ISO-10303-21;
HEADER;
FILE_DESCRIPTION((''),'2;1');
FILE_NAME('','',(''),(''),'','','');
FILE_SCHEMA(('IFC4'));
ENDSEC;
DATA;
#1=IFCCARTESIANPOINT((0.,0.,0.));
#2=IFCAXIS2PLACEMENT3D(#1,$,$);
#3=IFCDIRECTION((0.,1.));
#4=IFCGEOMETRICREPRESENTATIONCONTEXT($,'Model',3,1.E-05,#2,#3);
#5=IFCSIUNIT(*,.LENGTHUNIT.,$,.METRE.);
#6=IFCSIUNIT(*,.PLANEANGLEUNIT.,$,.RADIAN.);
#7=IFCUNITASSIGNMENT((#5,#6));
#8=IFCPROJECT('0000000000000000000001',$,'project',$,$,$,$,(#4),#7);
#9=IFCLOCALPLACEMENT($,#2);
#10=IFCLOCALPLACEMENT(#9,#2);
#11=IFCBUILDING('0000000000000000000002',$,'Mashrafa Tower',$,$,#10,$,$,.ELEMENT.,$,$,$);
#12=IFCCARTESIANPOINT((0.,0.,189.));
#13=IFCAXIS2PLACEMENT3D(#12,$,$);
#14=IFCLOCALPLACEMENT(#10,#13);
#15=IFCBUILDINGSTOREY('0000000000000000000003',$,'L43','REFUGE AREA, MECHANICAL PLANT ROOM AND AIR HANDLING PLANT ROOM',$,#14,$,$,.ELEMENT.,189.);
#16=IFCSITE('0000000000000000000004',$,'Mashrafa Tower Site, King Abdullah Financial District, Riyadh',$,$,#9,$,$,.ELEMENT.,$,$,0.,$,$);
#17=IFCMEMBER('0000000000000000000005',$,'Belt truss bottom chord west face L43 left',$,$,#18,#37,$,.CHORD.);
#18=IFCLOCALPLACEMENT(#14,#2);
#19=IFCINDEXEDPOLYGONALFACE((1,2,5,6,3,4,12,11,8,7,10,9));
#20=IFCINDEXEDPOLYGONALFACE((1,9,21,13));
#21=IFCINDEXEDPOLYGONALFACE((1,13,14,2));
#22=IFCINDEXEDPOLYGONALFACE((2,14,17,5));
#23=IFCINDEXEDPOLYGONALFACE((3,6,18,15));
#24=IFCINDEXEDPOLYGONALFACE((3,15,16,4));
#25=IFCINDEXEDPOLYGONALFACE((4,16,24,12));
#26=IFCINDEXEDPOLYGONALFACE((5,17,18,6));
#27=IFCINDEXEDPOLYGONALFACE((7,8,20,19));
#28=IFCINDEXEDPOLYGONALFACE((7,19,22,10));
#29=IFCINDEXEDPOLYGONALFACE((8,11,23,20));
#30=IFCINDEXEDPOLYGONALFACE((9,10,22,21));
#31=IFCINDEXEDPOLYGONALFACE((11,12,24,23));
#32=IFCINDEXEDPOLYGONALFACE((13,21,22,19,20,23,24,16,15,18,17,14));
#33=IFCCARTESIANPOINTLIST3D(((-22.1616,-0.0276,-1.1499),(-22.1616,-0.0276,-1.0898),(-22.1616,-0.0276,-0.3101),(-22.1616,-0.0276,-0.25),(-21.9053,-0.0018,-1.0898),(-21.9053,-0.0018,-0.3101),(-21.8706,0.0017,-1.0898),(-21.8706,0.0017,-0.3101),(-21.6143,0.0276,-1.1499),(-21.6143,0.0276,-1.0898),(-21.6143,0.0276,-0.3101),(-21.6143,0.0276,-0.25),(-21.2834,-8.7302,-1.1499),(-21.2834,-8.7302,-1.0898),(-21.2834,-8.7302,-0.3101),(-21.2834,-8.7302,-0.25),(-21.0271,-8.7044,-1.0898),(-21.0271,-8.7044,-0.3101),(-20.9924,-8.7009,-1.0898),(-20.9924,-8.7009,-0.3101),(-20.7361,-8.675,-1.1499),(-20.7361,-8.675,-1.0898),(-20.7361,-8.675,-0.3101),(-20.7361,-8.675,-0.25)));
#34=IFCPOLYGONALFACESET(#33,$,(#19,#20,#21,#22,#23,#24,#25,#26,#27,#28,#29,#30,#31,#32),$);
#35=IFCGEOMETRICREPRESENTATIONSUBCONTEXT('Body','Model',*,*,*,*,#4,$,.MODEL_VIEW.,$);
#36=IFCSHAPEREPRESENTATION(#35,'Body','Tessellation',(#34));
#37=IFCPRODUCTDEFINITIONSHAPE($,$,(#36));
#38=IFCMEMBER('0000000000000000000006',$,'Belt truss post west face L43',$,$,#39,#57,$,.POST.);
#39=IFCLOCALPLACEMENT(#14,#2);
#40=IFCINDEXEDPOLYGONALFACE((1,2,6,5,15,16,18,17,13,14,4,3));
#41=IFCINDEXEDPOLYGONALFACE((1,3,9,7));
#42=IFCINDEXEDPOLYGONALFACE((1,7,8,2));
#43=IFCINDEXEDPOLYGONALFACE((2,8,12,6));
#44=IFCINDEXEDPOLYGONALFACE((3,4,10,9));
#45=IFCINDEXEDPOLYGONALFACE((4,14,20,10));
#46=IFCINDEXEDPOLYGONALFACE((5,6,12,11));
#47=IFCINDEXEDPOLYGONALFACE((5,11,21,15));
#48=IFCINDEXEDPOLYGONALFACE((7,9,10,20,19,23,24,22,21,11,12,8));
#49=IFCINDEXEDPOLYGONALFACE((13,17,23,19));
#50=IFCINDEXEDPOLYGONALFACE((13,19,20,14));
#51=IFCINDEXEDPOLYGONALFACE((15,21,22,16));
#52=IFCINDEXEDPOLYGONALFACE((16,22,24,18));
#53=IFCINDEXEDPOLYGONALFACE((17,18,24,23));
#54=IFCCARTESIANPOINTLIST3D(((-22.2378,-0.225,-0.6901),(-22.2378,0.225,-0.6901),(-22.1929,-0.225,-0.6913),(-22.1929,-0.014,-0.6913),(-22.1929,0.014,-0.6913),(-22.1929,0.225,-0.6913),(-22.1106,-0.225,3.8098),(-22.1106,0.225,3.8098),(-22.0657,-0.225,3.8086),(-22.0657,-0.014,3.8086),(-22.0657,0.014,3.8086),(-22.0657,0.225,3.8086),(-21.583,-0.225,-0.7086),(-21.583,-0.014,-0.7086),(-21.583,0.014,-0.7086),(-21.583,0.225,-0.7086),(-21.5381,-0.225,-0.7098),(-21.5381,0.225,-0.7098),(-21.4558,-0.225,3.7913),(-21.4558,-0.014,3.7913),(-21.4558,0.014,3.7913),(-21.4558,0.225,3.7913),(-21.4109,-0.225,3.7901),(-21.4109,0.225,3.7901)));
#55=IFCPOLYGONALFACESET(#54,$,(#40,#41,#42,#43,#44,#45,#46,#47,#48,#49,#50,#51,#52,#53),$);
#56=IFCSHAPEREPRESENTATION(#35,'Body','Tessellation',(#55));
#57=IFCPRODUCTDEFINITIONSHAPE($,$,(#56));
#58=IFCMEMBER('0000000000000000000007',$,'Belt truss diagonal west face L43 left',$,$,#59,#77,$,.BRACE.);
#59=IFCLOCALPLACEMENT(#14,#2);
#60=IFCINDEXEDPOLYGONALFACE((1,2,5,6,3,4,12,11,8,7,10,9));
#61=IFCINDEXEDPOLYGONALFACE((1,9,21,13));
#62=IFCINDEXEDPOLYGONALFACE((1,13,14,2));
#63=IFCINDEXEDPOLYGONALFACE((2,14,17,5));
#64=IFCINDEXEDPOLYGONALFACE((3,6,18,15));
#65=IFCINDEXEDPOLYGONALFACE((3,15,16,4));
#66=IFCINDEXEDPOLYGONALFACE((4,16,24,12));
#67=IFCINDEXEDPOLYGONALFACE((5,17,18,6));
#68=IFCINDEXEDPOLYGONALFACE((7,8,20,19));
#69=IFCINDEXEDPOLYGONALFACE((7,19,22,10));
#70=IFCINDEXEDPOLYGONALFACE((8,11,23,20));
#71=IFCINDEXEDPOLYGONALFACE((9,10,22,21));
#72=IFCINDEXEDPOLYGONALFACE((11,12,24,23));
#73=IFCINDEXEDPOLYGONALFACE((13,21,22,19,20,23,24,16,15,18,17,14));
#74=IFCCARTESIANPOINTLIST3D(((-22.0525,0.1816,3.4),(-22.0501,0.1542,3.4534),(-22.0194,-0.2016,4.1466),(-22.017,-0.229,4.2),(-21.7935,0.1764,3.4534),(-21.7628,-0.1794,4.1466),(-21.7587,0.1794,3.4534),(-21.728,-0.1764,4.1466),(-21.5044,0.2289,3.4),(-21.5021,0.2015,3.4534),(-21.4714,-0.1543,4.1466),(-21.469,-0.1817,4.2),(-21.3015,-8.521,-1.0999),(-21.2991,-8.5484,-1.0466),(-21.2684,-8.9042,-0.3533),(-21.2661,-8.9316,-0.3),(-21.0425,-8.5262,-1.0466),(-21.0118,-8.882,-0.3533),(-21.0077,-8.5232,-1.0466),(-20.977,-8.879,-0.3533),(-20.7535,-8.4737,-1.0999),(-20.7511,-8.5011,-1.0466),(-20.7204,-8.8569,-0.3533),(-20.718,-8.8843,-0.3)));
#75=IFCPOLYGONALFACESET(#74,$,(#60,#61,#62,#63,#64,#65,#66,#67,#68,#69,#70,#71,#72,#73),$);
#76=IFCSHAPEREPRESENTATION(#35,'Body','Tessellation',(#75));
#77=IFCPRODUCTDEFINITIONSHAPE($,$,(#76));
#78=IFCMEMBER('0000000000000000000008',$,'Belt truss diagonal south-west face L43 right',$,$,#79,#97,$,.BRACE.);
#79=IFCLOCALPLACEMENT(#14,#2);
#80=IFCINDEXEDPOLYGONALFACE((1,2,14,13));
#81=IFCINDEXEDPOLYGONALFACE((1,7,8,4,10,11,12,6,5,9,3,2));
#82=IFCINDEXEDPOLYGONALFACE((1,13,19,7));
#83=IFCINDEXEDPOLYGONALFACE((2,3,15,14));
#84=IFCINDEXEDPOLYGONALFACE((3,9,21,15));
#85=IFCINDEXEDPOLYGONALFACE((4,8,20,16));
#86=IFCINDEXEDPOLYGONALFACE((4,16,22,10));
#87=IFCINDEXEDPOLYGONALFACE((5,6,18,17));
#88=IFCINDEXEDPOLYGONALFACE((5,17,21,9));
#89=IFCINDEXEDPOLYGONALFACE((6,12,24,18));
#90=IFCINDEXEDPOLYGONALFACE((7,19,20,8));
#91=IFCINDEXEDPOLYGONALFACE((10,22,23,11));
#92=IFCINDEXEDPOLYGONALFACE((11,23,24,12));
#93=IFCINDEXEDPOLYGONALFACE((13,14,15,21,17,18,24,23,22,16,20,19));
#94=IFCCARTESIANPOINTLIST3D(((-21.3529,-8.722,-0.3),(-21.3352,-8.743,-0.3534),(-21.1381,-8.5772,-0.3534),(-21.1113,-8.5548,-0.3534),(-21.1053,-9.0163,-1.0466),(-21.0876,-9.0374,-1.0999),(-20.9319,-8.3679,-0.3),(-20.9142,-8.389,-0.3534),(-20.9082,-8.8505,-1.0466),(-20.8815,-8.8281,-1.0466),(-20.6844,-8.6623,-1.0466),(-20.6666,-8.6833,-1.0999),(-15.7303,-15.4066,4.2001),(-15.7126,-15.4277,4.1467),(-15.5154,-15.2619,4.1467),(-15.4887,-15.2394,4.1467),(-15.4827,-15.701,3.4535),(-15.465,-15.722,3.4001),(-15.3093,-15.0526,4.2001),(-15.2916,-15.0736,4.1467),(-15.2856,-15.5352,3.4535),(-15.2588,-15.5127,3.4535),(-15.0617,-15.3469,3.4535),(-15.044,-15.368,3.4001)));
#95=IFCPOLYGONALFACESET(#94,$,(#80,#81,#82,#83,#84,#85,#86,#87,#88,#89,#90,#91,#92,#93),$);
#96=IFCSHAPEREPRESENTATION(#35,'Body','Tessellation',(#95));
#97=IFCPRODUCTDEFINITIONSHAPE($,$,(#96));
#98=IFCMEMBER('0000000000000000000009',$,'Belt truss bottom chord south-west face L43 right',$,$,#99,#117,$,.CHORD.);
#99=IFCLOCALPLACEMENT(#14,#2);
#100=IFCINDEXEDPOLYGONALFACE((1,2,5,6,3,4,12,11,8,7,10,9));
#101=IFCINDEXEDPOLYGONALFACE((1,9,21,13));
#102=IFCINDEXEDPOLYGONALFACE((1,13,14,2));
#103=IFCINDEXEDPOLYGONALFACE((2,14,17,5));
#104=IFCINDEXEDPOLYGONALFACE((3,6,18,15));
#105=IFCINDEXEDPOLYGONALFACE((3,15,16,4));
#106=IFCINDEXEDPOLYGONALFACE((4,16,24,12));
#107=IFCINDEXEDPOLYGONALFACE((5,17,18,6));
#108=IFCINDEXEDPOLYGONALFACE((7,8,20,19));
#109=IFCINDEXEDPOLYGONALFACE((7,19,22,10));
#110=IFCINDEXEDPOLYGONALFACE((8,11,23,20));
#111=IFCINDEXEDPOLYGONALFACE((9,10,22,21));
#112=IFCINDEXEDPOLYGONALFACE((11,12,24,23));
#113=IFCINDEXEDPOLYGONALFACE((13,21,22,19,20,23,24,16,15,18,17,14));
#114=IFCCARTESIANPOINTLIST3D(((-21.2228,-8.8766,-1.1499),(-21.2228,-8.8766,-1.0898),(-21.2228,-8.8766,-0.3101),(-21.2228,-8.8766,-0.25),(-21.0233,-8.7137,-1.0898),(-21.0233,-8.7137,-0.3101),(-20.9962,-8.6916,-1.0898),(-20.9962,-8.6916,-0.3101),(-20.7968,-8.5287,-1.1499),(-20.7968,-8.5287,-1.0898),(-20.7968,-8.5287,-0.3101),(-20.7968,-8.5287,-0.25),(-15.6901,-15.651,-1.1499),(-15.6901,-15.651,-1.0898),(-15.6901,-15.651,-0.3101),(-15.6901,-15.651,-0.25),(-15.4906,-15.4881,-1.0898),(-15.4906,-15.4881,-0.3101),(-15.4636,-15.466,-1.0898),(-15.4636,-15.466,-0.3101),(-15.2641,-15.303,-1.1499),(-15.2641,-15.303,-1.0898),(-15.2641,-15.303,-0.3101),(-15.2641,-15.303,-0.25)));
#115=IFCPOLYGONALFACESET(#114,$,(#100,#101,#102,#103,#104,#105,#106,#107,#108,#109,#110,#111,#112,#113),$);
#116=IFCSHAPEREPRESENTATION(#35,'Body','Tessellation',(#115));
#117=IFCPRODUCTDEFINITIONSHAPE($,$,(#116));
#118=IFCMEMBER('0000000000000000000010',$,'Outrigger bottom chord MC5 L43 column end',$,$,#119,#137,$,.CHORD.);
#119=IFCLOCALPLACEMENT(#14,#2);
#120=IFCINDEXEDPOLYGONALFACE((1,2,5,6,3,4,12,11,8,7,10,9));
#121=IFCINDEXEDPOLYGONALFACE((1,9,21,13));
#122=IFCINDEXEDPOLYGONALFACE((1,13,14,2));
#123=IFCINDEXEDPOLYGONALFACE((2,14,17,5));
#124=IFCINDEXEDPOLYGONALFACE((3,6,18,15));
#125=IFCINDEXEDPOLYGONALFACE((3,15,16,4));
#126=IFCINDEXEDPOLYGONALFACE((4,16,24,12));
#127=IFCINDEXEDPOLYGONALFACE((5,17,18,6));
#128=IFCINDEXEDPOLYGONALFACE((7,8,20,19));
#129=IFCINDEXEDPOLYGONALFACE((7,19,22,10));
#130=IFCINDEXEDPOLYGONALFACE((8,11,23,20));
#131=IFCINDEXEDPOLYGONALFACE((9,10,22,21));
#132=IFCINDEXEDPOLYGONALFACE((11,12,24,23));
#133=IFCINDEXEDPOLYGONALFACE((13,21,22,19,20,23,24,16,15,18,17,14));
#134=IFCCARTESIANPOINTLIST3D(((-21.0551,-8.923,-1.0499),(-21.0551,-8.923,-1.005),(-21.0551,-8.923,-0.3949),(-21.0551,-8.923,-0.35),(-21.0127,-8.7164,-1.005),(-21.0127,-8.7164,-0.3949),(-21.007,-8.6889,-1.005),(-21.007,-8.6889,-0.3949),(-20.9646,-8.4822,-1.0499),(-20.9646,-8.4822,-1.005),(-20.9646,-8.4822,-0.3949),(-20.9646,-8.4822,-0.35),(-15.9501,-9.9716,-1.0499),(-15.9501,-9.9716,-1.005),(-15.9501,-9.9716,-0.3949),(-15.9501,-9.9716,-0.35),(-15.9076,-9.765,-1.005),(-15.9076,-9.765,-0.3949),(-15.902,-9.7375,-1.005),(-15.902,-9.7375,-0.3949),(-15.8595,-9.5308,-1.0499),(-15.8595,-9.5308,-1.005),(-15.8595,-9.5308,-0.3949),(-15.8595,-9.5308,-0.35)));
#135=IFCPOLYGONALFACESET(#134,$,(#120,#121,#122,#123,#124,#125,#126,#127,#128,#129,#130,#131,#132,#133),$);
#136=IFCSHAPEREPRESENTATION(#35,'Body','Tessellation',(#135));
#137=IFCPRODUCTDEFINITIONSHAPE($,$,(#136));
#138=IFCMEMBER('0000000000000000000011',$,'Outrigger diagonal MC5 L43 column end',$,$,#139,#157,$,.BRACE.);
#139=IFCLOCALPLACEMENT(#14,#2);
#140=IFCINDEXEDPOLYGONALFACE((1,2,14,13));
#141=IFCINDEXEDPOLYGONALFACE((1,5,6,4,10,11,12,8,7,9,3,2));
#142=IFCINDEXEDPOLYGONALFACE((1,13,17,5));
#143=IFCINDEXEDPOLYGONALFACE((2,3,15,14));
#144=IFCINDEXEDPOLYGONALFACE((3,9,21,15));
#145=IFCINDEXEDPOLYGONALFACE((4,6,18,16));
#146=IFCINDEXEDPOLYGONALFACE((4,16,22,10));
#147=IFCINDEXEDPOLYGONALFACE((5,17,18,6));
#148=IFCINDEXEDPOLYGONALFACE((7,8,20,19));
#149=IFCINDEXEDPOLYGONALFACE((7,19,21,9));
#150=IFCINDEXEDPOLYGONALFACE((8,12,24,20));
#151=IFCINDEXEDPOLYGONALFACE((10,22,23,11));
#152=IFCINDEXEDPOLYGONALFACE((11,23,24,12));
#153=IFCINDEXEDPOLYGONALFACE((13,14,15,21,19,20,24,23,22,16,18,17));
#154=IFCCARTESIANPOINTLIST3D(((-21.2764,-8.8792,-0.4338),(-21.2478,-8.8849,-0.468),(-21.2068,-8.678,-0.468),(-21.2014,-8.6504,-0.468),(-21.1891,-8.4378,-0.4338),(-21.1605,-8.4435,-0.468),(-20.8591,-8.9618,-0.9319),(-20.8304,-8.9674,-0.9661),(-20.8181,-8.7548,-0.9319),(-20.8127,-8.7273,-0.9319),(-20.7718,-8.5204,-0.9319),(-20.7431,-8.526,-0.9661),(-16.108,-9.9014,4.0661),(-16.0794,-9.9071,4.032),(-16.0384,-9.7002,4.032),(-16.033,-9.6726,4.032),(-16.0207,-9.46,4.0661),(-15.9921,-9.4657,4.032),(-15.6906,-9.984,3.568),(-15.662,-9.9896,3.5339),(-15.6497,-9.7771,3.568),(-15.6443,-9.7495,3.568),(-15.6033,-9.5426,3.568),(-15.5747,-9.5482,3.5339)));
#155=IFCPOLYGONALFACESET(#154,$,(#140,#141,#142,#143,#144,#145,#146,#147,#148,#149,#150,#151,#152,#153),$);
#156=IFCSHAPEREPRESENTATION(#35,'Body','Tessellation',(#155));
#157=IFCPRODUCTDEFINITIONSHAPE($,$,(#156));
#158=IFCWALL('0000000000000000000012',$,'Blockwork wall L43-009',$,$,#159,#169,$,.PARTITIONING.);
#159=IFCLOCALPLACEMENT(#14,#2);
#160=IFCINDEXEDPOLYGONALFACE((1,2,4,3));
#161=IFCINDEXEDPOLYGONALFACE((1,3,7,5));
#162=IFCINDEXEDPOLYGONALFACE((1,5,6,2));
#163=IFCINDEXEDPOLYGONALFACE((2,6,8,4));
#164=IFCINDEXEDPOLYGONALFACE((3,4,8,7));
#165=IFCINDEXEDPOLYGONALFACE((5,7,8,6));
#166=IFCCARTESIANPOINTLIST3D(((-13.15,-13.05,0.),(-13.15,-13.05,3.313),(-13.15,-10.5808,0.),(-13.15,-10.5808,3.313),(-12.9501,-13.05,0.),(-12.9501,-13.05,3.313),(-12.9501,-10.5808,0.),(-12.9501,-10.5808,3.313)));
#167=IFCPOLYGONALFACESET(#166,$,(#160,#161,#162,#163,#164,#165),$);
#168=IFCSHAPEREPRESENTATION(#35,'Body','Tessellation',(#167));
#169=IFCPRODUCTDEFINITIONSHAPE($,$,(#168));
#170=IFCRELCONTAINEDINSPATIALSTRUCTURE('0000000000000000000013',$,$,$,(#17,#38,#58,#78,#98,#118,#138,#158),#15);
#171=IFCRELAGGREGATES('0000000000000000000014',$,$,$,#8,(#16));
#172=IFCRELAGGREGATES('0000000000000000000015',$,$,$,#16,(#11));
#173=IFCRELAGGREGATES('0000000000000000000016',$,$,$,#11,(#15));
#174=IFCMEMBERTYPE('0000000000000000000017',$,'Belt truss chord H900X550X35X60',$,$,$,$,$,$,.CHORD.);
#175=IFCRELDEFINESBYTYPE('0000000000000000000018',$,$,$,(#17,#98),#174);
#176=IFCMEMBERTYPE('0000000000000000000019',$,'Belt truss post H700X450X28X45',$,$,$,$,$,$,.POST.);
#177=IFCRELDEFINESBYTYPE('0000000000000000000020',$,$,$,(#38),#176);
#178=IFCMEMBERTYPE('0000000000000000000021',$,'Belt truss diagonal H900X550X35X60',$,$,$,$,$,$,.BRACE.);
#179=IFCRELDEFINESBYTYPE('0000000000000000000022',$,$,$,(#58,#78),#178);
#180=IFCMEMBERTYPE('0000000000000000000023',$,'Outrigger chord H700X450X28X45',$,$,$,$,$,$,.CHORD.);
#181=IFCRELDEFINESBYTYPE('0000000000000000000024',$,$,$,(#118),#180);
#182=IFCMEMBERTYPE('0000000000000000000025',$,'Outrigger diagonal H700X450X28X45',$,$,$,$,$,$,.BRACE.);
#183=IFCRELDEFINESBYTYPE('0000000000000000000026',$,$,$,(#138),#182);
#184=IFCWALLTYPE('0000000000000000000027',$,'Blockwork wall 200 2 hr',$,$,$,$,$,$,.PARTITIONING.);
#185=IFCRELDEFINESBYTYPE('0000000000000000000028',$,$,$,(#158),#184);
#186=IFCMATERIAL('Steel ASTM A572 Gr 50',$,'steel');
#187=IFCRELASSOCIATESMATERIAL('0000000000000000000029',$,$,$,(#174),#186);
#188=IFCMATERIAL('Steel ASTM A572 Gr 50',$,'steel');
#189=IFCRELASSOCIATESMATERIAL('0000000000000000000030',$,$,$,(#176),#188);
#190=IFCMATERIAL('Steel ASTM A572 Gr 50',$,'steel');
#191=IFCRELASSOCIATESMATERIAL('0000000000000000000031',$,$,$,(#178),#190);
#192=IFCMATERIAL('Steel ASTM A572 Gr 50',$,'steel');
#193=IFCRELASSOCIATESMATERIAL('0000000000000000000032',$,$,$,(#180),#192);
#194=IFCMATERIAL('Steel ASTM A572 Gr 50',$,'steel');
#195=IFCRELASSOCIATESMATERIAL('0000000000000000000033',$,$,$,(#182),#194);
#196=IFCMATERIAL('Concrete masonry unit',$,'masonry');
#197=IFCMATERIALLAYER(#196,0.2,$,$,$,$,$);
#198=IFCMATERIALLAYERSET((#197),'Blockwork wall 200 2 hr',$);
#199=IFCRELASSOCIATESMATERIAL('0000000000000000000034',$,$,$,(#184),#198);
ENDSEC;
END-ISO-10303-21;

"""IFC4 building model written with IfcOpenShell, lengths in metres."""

from ifc_helpers import new_model, si_unit, direction, frame, frame_2d, origin, origin_2d, place, context, subcontext, project, spatial, rectangle, i_section, extrude, source, transform, mapped, material, layer, layer_set, material_profile, profile_set, type_object, type_shapes, element, save


model = new_model("IFC4")

# Units and contexts
model_context = context("Model", 3, precision=1e-05, world=origin(), true_north=direction((0.0, 1.0)))
body_context = subcontext(model_context, "Body", "Model", "MODEL_VIEW")
ifc_project = project(units=[si_unit("LENGTHUNIT", "METRE"), si_unit("PLANEANGLEUNIT", "RADIAN")], contexts=[model_context])

# Site, building, storey
site_placement = place(None, origin())
site = spatial("IfcSite", under=ifc_project, at=site_placement, Name="Mashrafa Tower Site, King Abdullah Financial District, Riyadh", CompositionType="ELEMENT", RefElevation=0.0)
building_placement = place(site_placement, origin())
building = spatial("IfcBuilding", under=site, at=building_placement, Name="Mashrafa Tower", CompositionType="ELEMENT")
storey_placement = place(building_placement, frame((0.0, 0.0, 189.0)))
storey = spatial("IfcBuildingStorey", under=building, at=storey_placement, Name="L43", Description="REFUGE AREA, MECHANICAL PLANT ROOM AND AIR HANDLING PLANT ROOM", CompositionType="ELEMENT", Elevation=189.0)

# Members
ifc_material_1 = material(Name="Steel ASTM A572 Gr 50", Category="steel")
ifc_material_profile_1 = material_profile(ifc_material_1, i_section(OverallWidth=0.55, OverallDepth=0.8999, WebThickness=0.0349, FlangeThickness=0.0601, at=origin_2d()), Name="H900X550X35X60")
ifc_profile_set_1 = profile_set([ifc_material_profile_1], Name="Steel ASTM A572 Gr 50")
member_type_1 = type_object("IfcMemberType", Name="Belt truss chord H900X550X35X60", PredefinedType="CHORD", material=ifc_profile_set_1)
shared_shape_1 = source(origin(), body_context, "Body", "SweptSolid", [
    extrude(i_section(OverallWidth=0.55, OverallDepth=0.8999, WebThickness=0.0349, FlangeThickness=0.0601, at=origin_2d()), origin(), (0.0, 0.0, 1.0), 8.7468),
])
member_1_placement = place(storey_placement, frame((-21.0098, -8.7026, -0.7), z_axis=(-0.100399, 0.994947, 0.0), x_axis=(-0.994947, -0.100399, 0.0)))
element("IfcMember", 1, at=member_1_placement, inside=storey, type_object=member_type_1, Name="Belt truss bottom chord west face L43 left", PredefinedType="CHORD", context=body_context, shape_type="MappedRepresentation", body=[
    mapped(shared_shape_1, transform((0.0, 0.0, 0.0))),
])
ifc_material_2 = material(Name="Steel ASTM A572 Gr 50", Category="steel")
ifc_material_profile_2 = material_profile(ifc_material_2, i_section(OverallWidth=0.45, OverallDepth=0.7, WebThickness=0.0281, FlangeThickness=0.0449, at=origin_2d()), Name="H700X450X28X45")
ifc_profile_set_2 = profile_set([ifc_material_profile_2], Name="Steel ASTM A572 Gr 50")
member_type_2 = type_object("IfcMemberType", Name="Belt truss post H700X450X28X45", PredefinedType="POST", material=ifc_profile_set_2)
shared_shape_2 = source(origin(), body_context, "Body", "SweptSolid", [
    extrude(i_section(OverallWidth=0.45, OverallDepth=0.7, WebThickness=0.0281, FlangeThickness=0.0449, at=origin_2d()), origin(), (0.0, 0.0, 1.0), 4.5017),
])
type_shapes(member_type_2, [shared_shape_2])
member_2_placement = place(storey_placement, frame((-21.8879, 0.0, -0.7), z_axis=(0.028255, 0.0, 0.999601), x_axis=(0.0, 1.0, 0.0)))
element("IfcMember", 2, at=member_2_placement, inside=storey, type_object=member_type_2, Name="Belt truss post west face L43", PredefinedType="POST", context=body_context, shape_type="MappedRepresentation", body=[
    mapped(shared_shape_2, transform((0.0, 0.0, 0.0))),
])
ifc_material_3 = material(Name="Steel ASTM A572 Gr 50", Category="steel")
ifc_material_profile_3 = material_profile(ifc_material_3, i_section(OverallWidth=0.55, OverallDepth=0.8999, WebThickness=0.0349, FlangeThickness=0.0601, at=origin_2d()), Name="H900X550X35X60")
ifc_profile_set_3 = profile_set([ifc_material_profile_3], Name="Steel ASTM A572 Gr 50")
member_type_3 = type_object("IfcMemberType", Name="Belt truss diagonal H900X550X35X60", PredefinedType="BRACE", material=ifc_profile_set_3)
shared_shape_3 = source(origin(), body_context, "Body", "SweptSolid", [
    extrude(i_section(OverallWidth=0.55, OverallDepth=0.8999, WebThickness=0.0349, FlangeThickness=0.0601, at=origin_2d()), origin(), (0.0, 0.0, 1.0), 9.8259),
])
type_shapes(member_type_3, [shared_shape_3])
for number, where, z_axis, x_axis, name in (
    (3, (-21.0098, -8.7026, -0.7), (-0.076428, 0.885676, 0.45797), (-0.996297, -0.085973, 0.0), "Belt truss diagonal west face L43 left"),
    (4, (-21.0098, -8.7026, -0.7), (0.572223, -0.680307, 0.457977), (0.765281, 0.643697, 0.0), "Belt truss diagonal south-west face L43 right"),
):
    element("IfcMember", number, at=place(storey_placement, frame(where, z_axis=z_axis, x_axis=x_axis)), inside=storey, type_object=member_type_3, Name=name, PredefinedType="BRACE", context=body_context, shape_type="MappedRepresentation", body=[
        mapped(shared_shape_3, transform((0.0, 0.0, 0.0))),
    ])
shared_shape_4 = source(origin(), body_context, "Body", "SweptSolid", [
    extrude(i_section(OverallWidth=0.55, OverallDepth=0.8999, WebThickness=0.0349, FlangeThickness=0.0601, at=origin_2d()), origin(), (0.0, 0.0, 1.0), 8.7466),
])
type_shapes(member_type_1, [shared_shape_1, shared_shape_4])
member_3_placement = place(storey_placement, frame((-21.0098, -8.7026, -0.7), z_axis=(0.632554, -0.774517, 0.0), x_axis=(0.774517, 0.632554, 0.0)))
element("IfcMember", 5, at=member_3_placement, inside=storey, type_object=member_type_1, Name="Belt truss bottom chord south-west face L43 right", PredefinedType="CHORD", context=body_context, shape_type="MappedRepresentation", body=[
    mapped(shared_shape_4, transform((0.0, 0.0, 0.0))),
])
ifc_material_4 = material(Name="Steel ASTM A572 Gr 50", Category="steel")
ifc_material_profile_4 = material_profile(ifc_material_4, i_section(OverallWidth=0.45, OverallDepth=0.7, WebThickness=0.0281, FlangeThickness=0.0449, at=origin_2d()), Name="H700X450X28X45")
ifc_profile_set_4 = profile_set([ifc_material_profile_4], Name="Steel ASTM A572 Gr 50")
member_type_4 = type_object("IfcMemberType", Name="Outrigger chord H700X450X28X45", PredefinedType="CHORD", material=ifc_profile_set_4)
shared_shape_5 = source(origin(), body_context, "Body", "SweptSolid", [
    extrude(i_section(OverallWidth=0.45, OverallDepth=0.7, WebThickness=0.0281, FlangeThickness=0.0449, at=origin_2d()), origin(), (0.0, 0.0, 1.0), 5.2117),
])
type_shapes(member_type_4, [shared_shape_5])
member_4_placement = place(storey_placement, frame((-15.9048, -9.7512, -0.7), z_axis=(-0.979549, 0.201203, 0.0), x_axis=(-0.201203, -0.979549, 0.0)))
element("IfcMember", 6, at=member_4_placement, inside=storey, type_object=member_type_4, Name="Outrigger bottom chord MC5 L43 column end", PredefinedType="CHORD", context=body_context, shape_type="MappedRepresentation", body=[
    mapped(shared_shape_5, transform((0.0, 0.0, 0.0))),
])
ifc_material_5 = material(Name="Steel ASTM A572 Gr 50", Category="steel")
ifc_material_profile_5 = material_profile(ifc_material_5, i_section(OverallWidth=0.45, OverallDepth=0.7, WebThickness=0.0281, FlangeThickness=0.0449, at=origin_2d()), Name="H700X450X28X45")
ifc_profile_set_5 = profile_set([ifc_material_profile_5], Name="Steel ASTM A572 Gr 50")
member_type_5 = type_object("IfcMemberType", Name="Outrigger diagonal H700X450X28X45", PredefinedType="BRACE", material=ifc_profile_set_5)
shared_shape_6 = source(origin(), body_context, "Body", "SweptSolid", [
    extrude(i_section(OverallWidth=0.45, OverallDepth=0.7, WebThickness=0.0281, FlangeThickness=0.0449, at=origin_2d()), origin(), (0.0, 0.0, 1.0), 6.9287),
])
type_shapes(member_type_5, [shared_shape_6])
member_5_placement = place(storey_placement, frame((-21.0098, -8.7026, -0.7), z_axis=(0.745941, -0.147532, 0.649466), x_axis=(0.194022, 0.980997, 0.0)))
element("IfcMember", 7, at=member_5_placement, inside=storey, type_object=member_type_5, Name="Outrigger diagonal MC5 L43 column end", PredefinedType="BRACE", context=body_context, shape_type="MappedRepresentation", body=[
    mapped(shared_shape_6, transform((0.0, 0.0, 0.0))),
])

# Wall
ifc_material_6 = material(Name="Concrete masonry unit", Category="masonry")
ifc_layer_1 = layer(ifc_material_6, 0.2)
ifc_layer_set_1 = layer_set([ifc_layer_1], Name="Blockwork wall 200 2 hr")
wall_type = type_object("IfcWallType", Name="Blockwork wall 200 2 hr", PredefinedType="PARTITIONING", material=ifc_layer_set_1)
wall_placement = place(storey_placement, frame((-13.05, -10.5808, 0.0), z_axis=(0.0, 0.0, 1.0), x_axis=(0.0, -1.0, 0.0)))
element("IfcWall", 8, at=wall_placement, inside=storey, type_object=wall_type, Name="Blockwork wall L43-009", PredefinedType="PARTITIONING", context=body_context, shape_type="SweptSolid", body=[
    extrude(rectangle(XDim=2.4692, YDim=0.2, at=frame_2d((1.2346, 0.0))), origin(), (0.0, 0.0, 1.0), 3.313),
])

save(model, "model.ifc")
